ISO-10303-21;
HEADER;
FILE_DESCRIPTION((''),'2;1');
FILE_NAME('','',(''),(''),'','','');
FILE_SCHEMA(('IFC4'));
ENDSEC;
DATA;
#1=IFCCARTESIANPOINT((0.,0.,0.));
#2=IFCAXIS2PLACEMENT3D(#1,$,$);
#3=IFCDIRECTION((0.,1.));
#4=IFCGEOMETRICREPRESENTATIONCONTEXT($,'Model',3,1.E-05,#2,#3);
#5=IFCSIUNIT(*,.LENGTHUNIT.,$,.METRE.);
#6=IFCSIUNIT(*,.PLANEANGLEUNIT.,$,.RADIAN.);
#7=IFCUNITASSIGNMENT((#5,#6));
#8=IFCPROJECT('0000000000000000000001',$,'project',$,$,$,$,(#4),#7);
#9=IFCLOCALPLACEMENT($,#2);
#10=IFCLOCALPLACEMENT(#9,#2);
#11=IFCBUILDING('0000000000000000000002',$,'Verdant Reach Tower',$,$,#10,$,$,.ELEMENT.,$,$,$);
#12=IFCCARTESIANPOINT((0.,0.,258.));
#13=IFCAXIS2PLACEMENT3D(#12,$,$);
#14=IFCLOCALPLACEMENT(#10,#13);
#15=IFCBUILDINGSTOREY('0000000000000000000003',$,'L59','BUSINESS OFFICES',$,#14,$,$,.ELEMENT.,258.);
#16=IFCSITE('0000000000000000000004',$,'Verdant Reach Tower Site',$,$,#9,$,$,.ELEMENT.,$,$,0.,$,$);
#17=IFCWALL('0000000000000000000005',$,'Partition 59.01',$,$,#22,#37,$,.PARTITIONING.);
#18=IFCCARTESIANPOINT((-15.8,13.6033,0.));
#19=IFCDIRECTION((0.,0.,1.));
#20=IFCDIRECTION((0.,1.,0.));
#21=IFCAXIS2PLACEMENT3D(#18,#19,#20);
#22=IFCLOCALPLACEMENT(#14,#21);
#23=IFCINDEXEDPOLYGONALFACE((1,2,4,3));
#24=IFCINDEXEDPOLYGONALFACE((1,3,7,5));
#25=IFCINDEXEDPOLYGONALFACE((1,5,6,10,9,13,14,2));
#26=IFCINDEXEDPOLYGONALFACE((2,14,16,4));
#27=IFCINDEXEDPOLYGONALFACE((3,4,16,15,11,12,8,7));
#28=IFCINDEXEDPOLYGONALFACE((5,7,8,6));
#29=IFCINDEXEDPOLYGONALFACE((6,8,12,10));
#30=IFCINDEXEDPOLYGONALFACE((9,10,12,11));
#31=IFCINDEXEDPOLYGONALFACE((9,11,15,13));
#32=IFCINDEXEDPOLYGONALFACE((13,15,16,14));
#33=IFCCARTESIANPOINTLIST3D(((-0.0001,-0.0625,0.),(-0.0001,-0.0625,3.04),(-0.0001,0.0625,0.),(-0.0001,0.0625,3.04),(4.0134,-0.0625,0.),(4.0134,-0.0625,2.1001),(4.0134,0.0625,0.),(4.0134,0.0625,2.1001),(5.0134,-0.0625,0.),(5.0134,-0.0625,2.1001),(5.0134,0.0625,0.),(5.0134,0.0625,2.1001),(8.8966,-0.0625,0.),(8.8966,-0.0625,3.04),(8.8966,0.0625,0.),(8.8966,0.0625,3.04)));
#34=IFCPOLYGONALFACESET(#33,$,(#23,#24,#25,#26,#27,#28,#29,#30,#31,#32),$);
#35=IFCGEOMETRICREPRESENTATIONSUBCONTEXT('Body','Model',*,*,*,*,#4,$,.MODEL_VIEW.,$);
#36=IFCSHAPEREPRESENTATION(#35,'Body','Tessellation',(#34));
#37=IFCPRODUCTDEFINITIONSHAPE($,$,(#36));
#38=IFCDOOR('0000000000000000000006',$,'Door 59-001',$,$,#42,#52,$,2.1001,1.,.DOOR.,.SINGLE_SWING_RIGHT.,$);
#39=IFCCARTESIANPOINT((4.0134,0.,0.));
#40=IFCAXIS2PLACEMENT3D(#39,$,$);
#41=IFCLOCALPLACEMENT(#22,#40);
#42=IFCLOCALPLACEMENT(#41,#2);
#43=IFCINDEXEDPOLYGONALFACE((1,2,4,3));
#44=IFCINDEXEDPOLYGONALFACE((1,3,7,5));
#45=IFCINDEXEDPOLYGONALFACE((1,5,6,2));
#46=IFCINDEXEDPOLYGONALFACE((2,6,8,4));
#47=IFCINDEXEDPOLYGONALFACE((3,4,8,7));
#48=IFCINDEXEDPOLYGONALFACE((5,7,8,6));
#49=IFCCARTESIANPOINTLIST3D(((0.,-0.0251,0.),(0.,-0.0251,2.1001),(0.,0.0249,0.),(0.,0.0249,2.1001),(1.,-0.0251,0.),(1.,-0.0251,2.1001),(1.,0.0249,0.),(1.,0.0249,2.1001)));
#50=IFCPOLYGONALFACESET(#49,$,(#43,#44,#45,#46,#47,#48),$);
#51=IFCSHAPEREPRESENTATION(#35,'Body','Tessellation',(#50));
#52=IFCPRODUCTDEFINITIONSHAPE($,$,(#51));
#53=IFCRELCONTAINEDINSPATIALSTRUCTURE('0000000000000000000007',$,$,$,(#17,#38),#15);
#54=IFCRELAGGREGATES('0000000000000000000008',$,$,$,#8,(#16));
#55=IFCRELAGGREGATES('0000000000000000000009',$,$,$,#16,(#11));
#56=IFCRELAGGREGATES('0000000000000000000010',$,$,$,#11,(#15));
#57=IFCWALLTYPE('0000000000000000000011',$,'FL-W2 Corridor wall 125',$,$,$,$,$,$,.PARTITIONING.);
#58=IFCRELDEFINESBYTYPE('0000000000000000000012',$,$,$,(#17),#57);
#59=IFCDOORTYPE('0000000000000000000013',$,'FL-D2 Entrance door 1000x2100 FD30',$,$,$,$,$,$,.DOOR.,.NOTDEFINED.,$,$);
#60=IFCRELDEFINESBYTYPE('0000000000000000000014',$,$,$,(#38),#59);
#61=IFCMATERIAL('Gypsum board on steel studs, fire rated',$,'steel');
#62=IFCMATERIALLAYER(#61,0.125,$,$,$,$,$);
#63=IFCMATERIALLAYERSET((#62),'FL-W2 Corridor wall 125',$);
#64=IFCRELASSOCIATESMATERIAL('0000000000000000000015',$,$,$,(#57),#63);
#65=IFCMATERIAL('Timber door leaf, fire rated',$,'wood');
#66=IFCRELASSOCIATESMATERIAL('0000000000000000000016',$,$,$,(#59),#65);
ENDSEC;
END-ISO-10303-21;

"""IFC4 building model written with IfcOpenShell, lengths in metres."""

from ifc_helpers import new_model, si_unit, direction, frame, frame_2d, origin, place, context, subcontext, project, spatial, rectangle, extrude, material, layer, layer_set, type_object, element, fill, save


model = new_model("IFC4")

# Units and contexts
model_context = context("Model", 3, precision=1e-05, world=origin(), true_north=direction((0.0, 1.0)))
body_context = subcontext(model_context, "Body", "Model", "MODEL_VIEW")
ifc_project = project(units=[si_unit("LENGTHUNIT", "METRE"), si_unit("PLANEANGLEUNIT", "RADIAN")], contexts=[model_context])

# Site, building, storey
site_placement = place(None, origin())
site = spatial("IfcSite", under=ifc_project, at=site_placement, Name="Verdant Reach Tower Site", CompositionType="ELEMENT", RefElevation=0.0)
building_placement = place(site_placement, origin())
building = spatial("IfcBuilding", under=site, at=building_placement, Name="Verdant Reach Tower", CompositionType="ELEMENT")
storey_placement = place(building_placement, frame((0.0, 0.0, 258.0)))
storey = spatial("IfcBuildingStorey", under=building, at=storey_placement, Name="L59", Description="BUSINESS OFFICES", CompositionType="ELEMENT", Elevation=258.0)

# Wall, opening, door
ifc_material_1 = material(Name="Gypsum board on steel studs, fire rated", Category="steel")
ifc_layer_1 = layer(ifc_material_1, 0.125)
ifc_layer_set_1 = layer_set([ifc_layer_1], Name="FL-W2 Corridor wall 125")
wall_type = type_object("IfcWallType", Name="FL-W2 Corridor wall 125", PredefinedType="PARTITIONING", material=ifc_layer_set_1)
wall_1_placement = place(storey_placement, frame((-15.8, 13.6033, 0.0), z_axis=(0.0, 0.0, 1.0), x_axis=(0.0, 1.0, 0.0)))
wall_1 = element("IfcWall", 1, at=wall_1_placement, inside=storey, type_object=wall_type, Name="Partition 59.01", PredefinedType="PARTITIONING", context=body_context, shape_type="SweptSolid", body=[
    extrude(rectangle(XDim=8.8967, YDim=0.125, at=frame_2d((4.4482, 0.0))), origin(), (0.0, 0.0, 1.0), 3.04),
])
opening_1_placement = place(wall_1_placement, frame((4.0134, 0.0, 0.0)))
opening_1 = element("IfcOpeningElement", 2, at=opening_1_placement, cuts=wall_1, PredefinedType="OPENING", context=body_context, shape_type="SweptSolid", body=[
    extrude(rectangle(XDim=1.0, YDim=2.1001, at=frame_2d((0.5, 1.05))), frame((0.0, 0.0725, 0.0), z_axis=(0.0, -1.0, 0.0), x_axis=(1.0, 0.0, 0.0)), (0.0, 0.0, 1.0), 0.145),
])
ifc_material_2 = material(Name="Timber door leaf, fire rated", Category="wood")
door_type = type_object("IfcDoorType", Name="FL-D2 Entrance door 1000x2100 FD30", OperationType="NOTDEFINED", PredefinedType="DOOR", material=ifc_material_2)
door_1_placement = place(opening_1_placement, origin())
door_1 = element("IfcDoor", 3, at=door_1_placement, inside=storey, type_object=door_type, Name="Door 59-001", OperationType="SINGLE_SWING_RIGHT", OverallHeight=2.1001, OverallWidth=1.0, PredefinedType="DOOR", context=body_context, shape_type="SweptSolid", body=[
    extrude(rectangle(XDim=1.0, YDim=2.1001, at=frame_2d((0.5, 1.05))), frame((0.0, 0.0249, 0.0), z_axis=(0.0, -1.0, 0.0), x_axis=(1.0, 0.0, 0.0)), (0.0, 0.0, 1.0), 0.05),
])
fill(opening_1, door_1)

save(model, "model.ifc")
